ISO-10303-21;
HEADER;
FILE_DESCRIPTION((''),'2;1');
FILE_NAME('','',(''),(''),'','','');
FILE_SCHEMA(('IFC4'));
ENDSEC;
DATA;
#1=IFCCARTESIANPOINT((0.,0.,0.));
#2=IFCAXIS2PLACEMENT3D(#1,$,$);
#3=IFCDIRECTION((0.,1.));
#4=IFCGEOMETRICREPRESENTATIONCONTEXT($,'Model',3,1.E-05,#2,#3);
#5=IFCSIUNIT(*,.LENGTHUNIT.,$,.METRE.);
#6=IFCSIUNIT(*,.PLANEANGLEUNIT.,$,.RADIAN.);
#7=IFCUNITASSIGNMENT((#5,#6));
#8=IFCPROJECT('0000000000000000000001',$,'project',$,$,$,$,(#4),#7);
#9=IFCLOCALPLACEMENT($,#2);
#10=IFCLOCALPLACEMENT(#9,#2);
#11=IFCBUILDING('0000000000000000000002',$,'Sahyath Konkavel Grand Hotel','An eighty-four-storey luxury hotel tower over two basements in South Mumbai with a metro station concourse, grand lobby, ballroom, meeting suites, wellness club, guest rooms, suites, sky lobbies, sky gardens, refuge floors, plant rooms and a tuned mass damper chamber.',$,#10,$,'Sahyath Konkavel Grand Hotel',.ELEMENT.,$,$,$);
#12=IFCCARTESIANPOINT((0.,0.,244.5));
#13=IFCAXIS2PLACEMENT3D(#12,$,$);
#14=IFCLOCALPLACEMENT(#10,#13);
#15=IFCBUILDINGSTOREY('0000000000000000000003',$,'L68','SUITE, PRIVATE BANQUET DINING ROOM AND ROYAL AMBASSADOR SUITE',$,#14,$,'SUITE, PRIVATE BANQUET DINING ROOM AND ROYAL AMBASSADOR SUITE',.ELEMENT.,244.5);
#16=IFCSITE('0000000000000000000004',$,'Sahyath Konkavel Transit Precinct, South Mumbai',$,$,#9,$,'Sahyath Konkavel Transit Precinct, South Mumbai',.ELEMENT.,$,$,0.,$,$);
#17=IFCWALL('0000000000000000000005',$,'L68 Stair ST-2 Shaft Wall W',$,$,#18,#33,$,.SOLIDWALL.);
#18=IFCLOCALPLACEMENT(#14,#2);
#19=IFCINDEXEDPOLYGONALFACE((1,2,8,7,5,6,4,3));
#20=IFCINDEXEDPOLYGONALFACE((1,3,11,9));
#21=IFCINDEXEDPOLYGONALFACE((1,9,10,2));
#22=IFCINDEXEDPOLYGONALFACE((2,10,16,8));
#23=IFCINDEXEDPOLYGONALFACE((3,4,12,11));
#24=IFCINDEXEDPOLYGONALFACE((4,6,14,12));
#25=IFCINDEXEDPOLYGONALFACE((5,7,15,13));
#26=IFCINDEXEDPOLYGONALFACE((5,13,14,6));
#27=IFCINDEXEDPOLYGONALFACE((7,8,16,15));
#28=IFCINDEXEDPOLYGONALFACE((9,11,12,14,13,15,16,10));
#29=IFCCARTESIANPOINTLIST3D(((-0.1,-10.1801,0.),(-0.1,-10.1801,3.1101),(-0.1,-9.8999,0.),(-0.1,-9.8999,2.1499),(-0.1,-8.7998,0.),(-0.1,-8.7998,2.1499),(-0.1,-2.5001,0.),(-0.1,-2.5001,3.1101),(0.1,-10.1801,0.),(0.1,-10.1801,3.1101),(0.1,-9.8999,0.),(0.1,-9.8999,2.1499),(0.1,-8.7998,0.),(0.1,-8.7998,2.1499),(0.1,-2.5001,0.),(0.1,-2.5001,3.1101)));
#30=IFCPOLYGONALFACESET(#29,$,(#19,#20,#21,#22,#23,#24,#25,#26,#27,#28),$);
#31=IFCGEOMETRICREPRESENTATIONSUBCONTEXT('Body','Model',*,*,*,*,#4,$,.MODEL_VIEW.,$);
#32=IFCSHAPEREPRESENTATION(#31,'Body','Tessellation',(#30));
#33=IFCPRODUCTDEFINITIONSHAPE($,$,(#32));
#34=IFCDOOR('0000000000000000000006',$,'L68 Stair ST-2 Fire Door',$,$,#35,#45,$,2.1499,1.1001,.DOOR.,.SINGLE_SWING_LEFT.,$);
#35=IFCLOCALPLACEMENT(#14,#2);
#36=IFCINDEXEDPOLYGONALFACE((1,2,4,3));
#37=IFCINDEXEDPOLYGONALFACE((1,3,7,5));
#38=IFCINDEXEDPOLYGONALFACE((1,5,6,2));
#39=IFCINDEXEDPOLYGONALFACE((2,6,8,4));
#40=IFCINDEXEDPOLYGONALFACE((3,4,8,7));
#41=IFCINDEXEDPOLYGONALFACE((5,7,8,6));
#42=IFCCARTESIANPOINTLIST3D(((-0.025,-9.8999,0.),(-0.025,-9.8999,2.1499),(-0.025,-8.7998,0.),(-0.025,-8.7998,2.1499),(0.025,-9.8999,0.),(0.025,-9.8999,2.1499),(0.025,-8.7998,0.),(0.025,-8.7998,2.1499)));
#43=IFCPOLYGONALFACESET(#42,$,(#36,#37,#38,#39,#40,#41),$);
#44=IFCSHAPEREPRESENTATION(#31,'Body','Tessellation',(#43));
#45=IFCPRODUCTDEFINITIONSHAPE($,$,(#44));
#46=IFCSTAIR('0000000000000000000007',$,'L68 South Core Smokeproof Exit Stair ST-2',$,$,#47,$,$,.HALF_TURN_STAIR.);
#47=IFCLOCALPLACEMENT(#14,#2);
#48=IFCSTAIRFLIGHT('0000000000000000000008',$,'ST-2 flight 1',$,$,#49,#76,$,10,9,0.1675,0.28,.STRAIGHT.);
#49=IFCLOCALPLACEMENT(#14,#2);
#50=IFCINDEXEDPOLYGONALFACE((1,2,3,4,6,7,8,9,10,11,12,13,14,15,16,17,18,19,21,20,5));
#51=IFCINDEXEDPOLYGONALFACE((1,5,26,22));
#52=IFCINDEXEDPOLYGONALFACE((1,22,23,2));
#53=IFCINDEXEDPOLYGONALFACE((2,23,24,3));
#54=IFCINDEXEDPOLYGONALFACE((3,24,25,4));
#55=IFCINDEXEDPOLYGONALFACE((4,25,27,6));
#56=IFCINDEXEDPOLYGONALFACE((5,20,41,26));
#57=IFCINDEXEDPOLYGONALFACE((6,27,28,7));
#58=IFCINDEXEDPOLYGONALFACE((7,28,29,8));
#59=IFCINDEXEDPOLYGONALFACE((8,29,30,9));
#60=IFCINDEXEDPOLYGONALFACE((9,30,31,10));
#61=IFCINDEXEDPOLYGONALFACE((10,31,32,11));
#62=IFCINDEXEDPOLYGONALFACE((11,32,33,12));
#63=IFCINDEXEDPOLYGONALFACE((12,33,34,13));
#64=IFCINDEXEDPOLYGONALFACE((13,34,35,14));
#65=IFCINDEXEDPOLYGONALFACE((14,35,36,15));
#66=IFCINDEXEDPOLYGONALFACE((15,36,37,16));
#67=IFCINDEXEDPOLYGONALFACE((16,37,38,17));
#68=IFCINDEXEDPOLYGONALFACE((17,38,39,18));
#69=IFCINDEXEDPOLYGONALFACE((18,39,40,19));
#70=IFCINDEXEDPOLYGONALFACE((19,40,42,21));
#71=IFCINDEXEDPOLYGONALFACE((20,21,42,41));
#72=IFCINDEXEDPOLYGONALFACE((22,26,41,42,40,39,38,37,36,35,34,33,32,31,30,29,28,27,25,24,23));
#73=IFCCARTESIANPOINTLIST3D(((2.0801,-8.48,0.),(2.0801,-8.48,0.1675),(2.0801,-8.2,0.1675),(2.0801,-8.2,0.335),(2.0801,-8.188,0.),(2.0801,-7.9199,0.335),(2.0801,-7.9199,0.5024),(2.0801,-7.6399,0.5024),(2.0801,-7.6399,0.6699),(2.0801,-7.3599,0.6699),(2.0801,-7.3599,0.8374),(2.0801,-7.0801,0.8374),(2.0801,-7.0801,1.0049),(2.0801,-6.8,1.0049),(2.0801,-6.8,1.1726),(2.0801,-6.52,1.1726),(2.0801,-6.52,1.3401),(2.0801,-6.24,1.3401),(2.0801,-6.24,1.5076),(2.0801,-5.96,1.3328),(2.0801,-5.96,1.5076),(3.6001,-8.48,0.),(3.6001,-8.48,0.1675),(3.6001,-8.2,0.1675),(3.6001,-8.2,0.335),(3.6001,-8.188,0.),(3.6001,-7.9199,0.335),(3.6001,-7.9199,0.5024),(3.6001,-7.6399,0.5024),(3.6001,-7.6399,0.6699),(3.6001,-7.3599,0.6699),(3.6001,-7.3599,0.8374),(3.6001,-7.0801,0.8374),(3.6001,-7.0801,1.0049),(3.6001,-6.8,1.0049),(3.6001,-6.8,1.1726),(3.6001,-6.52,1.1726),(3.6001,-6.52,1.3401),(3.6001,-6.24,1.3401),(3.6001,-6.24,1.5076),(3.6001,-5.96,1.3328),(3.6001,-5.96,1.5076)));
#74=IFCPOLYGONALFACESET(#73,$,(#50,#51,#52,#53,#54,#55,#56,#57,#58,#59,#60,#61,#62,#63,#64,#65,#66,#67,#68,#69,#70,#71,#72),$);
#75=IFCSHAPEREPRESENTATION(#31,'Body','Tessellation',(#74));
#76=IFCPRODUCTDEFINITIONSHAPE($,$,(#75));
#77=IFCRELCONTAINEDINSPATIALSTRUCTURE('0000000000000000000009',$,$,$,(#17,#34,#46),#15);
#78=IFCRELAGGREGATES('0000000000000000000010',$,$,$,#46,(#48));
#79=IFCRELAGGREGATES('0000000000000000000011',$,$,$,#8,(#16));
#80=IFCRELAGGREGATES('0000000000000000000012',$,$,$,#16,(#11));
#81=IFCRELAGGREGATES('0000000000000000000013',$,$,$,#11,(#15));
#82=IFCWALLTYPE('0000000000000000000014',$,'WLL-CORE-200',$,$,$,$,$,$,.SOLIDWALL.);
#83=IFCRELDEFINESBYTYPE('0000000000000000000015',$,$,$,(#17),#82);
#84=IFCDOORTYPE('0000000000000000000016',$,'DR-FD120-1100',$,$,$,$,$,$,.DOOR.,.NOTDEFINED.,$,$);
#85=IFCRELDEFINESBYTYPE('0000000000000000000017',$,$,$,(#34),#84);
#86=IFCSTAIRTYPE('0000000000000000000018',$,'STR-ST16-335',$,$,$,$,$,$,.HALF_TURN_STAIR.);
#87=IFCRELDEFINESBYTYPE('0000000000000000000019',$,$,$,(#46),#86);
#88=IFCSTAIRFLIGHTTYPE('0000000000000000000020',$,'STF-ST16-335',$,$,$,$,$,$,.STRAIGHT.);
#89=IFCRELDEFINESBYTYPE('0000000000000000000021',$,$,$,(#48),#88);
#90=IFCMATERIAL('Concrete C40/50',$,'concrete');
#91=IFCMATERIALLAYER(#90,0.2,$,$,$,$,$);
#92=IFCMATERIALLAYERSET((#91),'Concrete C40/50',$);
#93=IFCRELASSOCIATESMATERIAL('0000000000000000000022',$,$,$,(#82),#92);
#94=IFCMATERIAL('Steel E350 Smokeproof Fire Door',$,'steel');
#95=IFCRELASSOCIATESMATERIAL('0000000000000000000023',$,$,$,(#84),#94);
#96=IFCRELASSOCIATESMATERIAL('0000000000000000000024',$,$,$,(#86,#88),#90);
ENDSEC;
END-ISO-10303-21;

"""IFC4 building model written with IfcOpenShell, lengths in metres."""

from ifc_helpers import new_model, si_unit, direction, frame, frame_2d, origin, origin_2d, place, context, subcontext, project, spatial, polyline, rectangle, outline, extrude, source, transform, mapped, material, layer, layer_set, type_object, element, fill, aggregate, save


model = new_model("IFC4")

# Units and contexts
model_context = context("Model", 3, precision=1e-05, world=origin(), true_north=direction((0.0, 1.0)))
body_context = subcontext(model_context, "Body", "Model", "MODEL_VIEW")
ifc_project = project(units=[si_unit("LENGTHUNIT", "METRE"), si_unit("PLANEANGLEUNIT", "RADIAN")], contexts=[model_context])

# Site, building, storey
site_placement = place(None, origin())
site = spatial("IfcSite", under=ifc_project, at=site_placement, Name="Sahyath Konkavel Transit Precinct, South Mumbai", LongName="Sahyath Konkavel Transit Precinct, South Mumbai", CompositionType="ELEMENT", RefElevation=0.0)
building_placement = place(site_placement, origin())
building = spatial("IfcBuilding", under=site, at=building_placement, Name="Sahyath Konkavel Grand Hotel", Description="An eighty-four-storey luxury hotel tower over two basements in South Mumbai with a metro station concourse, grand lobby, ballroom, meeting suites, wellness club, guest rooms, suites, sky lobbies, sky gardens, refuge floors, plant rooms and a tuned mass damper chamber.", LongName="Sahyath Konkavel Grand Hotel", CompositionType="ELEMENT")
storey_placement = place(building_placement, frame((0.0, 0.0, 244.5)))
storey = spatial("IfcBuildingStorey", under=building, at=storey_placement, Name="L68", Description="SUITE, PRIVATE BANQUET DINING ROOM AND ROYAL AMBASSADOR SUITE", LongName="SUITE, PRIVATE BANQUET DINING ROOM AND ROYAL AMBASSADOR SUITE", CompositionType="ELEMENT", Elevation=244.5)

# Shared definitions
ifc_material_1 = material(Name="Concrete C40/50", Category="concrete")

# Wall, opening, door
ifc_layer_1 = layer(ifc_material_1, 0.2)
ifc_layer_set_1 = layer_set([ifc_layer_1], Name="Concrete C40/50")
wall_type_1 = type_object("IfcWallType", Name="WLL-CORE-200", PredefinedType="SOLIDWALL", material=ifc_layer_set_1)
wall_1_placement = place(storey_placement, frame((0.0, -10.1799, 0.0), z_axis=(0.0, 0.0, 1.0), x_axis=(0.0, 1.0, 0.0)))
wall_1 = element("IfcWall", 1, at=wall_1_placement, inside=storey, type_object=wall_type_1, Name="L68 Stair ST-2 Shaft Wall W", PredefinedType="SOLIDWALL", context=body_context, shape_type="SweptSolid", body=[
    extrude(rectangle(XDim=7.6799, YDim=0.2, at=frame_2d((3.8398, 0.0))), origin(), (0.0, 0.0, 1.0), 3.1101),
])
opening_placement = place(wall_1_placement, frame((0.28, 0.0, 0.0)))
opening = element("IfcOpeningElement", 2, at=opening_placement, cuts=wall_1, PredefinedType="OPENING", context=body_context, shape_type="SweptSolid", body=[
    extrude(rectangle(XDim=1.1001, YDim=2.1499, at=frame_2d((0.55, 1.075))), frame((0.0, 0.1099, 0.0), z_axis=(0.0, -1.0, 0.0), x_axis=(1.0, 0.0, 0.0)), (0.0, 0.0, 1.0), 0.22),
])
ifc_material_2 = material(Name="Steel E350 Smokeproof Fire Door", Category="steel")
door_type = type_object("IfcDoorType", Name="DR-FD120-1100", OperationType="NOTDEFINED", PredefinedType="DOOR", material=ifc_material_2)
shared_shape_1 = source(origin(), body_context, "Body", "SweptSolid", [
    extrude(rectangle(XDim=1.1001, YDim=0.05, at=origin_2d()), origin(), (0.0, 0.0, 1.0), 2.1499),
])
door_placement = place(opening_placement, frame((0.55, 0.0, 0.0)))
door = element("IfcDoor", 3, at=door_placement, inside=storey, type_object=door_type, Name="L68 Stair ST-2 Fire Door", OperationType="SINGLE_SWING_LEFT", OverallHeight=2.1499, OverallWidth=1.1001, PredefinedType="DOOR", context=body_context, shape_type="MappedRepresentation", body=[
    mapped(shared_shape_1, transform((0.0, 0.0, 0.0), scale=1.0)),
])
fill(opening, door)

# Stair, stair flight
stair_type = type_object("IfcStairType", Name="STR-ST16-335", PredefinedType="HALF_TURN_STAIR", material=ifc_material_1)
stair_placement = place(storey_placement, origin())
stair = element("IfcStair", 4, at=stair_placement, inside=storey, type_object=stair_type, Name="L68 South Core Smokeproof Exit Stair ST-2", PredefinedType="HALF_TURN_STAIR")
stair_flight_type = type_object("IfcStairFlightType", Name="STF-ST16-335", PredefinedType="STRAIGHT", material=ifc_material_1)
stair_flight_placement = place(storey_placement, frame((2.8401, -8.48, 0.0), z_axis=(0.0, 0.0, 1.0), x_axis=(0.0, 1.0, 0.0)))
stair_flight = element("IfcStairFlight", 5, at=stair_flight_placement, type_object=stair_flight_type, Name="ST-2 flight 1", NumberOfRisers=10, NumberOfTreads=9, PredefinedType="STRAIGHT", RiserHeight=0.1675, TreadLength=0.28, context=body_context, shape_type="SweptSolid", body=[
    extrude(outline(polyline([(0.0, 0.0), (0.0, 0.1675), (0.28, 0.1675), (0.28, 0.335), (0.5601, 0.335), (0.5601, 0.5024), (0.8401, 0.5024), (0.8401, 0.6699), (1.1201, 0.6699), (1.1201, 0.8374), (1.3999, 0.8374), (1.3999, 1.0049), (1.6799, 1.0049), (1.6799, 1.1726), (1.96, 1.1726), (1.96, 1.3401), (2.24, 1.3401), (2.24, 1.5076), (2.52, 1.5076), (2.52, 1.675), (2.52, 1.3328), (0.292, 0.0), (0.0, 0.0)])), frame((0.0, 0.76, 0.0), z_axis=(0.0, -1.0, 0.0), x_axis=(1.0, 0.0, 0.0)), (0.0, 0.0, 1.0), 1.52),
])
aggregate(stair, [stair_flight])

save(model, "model.ifc")
